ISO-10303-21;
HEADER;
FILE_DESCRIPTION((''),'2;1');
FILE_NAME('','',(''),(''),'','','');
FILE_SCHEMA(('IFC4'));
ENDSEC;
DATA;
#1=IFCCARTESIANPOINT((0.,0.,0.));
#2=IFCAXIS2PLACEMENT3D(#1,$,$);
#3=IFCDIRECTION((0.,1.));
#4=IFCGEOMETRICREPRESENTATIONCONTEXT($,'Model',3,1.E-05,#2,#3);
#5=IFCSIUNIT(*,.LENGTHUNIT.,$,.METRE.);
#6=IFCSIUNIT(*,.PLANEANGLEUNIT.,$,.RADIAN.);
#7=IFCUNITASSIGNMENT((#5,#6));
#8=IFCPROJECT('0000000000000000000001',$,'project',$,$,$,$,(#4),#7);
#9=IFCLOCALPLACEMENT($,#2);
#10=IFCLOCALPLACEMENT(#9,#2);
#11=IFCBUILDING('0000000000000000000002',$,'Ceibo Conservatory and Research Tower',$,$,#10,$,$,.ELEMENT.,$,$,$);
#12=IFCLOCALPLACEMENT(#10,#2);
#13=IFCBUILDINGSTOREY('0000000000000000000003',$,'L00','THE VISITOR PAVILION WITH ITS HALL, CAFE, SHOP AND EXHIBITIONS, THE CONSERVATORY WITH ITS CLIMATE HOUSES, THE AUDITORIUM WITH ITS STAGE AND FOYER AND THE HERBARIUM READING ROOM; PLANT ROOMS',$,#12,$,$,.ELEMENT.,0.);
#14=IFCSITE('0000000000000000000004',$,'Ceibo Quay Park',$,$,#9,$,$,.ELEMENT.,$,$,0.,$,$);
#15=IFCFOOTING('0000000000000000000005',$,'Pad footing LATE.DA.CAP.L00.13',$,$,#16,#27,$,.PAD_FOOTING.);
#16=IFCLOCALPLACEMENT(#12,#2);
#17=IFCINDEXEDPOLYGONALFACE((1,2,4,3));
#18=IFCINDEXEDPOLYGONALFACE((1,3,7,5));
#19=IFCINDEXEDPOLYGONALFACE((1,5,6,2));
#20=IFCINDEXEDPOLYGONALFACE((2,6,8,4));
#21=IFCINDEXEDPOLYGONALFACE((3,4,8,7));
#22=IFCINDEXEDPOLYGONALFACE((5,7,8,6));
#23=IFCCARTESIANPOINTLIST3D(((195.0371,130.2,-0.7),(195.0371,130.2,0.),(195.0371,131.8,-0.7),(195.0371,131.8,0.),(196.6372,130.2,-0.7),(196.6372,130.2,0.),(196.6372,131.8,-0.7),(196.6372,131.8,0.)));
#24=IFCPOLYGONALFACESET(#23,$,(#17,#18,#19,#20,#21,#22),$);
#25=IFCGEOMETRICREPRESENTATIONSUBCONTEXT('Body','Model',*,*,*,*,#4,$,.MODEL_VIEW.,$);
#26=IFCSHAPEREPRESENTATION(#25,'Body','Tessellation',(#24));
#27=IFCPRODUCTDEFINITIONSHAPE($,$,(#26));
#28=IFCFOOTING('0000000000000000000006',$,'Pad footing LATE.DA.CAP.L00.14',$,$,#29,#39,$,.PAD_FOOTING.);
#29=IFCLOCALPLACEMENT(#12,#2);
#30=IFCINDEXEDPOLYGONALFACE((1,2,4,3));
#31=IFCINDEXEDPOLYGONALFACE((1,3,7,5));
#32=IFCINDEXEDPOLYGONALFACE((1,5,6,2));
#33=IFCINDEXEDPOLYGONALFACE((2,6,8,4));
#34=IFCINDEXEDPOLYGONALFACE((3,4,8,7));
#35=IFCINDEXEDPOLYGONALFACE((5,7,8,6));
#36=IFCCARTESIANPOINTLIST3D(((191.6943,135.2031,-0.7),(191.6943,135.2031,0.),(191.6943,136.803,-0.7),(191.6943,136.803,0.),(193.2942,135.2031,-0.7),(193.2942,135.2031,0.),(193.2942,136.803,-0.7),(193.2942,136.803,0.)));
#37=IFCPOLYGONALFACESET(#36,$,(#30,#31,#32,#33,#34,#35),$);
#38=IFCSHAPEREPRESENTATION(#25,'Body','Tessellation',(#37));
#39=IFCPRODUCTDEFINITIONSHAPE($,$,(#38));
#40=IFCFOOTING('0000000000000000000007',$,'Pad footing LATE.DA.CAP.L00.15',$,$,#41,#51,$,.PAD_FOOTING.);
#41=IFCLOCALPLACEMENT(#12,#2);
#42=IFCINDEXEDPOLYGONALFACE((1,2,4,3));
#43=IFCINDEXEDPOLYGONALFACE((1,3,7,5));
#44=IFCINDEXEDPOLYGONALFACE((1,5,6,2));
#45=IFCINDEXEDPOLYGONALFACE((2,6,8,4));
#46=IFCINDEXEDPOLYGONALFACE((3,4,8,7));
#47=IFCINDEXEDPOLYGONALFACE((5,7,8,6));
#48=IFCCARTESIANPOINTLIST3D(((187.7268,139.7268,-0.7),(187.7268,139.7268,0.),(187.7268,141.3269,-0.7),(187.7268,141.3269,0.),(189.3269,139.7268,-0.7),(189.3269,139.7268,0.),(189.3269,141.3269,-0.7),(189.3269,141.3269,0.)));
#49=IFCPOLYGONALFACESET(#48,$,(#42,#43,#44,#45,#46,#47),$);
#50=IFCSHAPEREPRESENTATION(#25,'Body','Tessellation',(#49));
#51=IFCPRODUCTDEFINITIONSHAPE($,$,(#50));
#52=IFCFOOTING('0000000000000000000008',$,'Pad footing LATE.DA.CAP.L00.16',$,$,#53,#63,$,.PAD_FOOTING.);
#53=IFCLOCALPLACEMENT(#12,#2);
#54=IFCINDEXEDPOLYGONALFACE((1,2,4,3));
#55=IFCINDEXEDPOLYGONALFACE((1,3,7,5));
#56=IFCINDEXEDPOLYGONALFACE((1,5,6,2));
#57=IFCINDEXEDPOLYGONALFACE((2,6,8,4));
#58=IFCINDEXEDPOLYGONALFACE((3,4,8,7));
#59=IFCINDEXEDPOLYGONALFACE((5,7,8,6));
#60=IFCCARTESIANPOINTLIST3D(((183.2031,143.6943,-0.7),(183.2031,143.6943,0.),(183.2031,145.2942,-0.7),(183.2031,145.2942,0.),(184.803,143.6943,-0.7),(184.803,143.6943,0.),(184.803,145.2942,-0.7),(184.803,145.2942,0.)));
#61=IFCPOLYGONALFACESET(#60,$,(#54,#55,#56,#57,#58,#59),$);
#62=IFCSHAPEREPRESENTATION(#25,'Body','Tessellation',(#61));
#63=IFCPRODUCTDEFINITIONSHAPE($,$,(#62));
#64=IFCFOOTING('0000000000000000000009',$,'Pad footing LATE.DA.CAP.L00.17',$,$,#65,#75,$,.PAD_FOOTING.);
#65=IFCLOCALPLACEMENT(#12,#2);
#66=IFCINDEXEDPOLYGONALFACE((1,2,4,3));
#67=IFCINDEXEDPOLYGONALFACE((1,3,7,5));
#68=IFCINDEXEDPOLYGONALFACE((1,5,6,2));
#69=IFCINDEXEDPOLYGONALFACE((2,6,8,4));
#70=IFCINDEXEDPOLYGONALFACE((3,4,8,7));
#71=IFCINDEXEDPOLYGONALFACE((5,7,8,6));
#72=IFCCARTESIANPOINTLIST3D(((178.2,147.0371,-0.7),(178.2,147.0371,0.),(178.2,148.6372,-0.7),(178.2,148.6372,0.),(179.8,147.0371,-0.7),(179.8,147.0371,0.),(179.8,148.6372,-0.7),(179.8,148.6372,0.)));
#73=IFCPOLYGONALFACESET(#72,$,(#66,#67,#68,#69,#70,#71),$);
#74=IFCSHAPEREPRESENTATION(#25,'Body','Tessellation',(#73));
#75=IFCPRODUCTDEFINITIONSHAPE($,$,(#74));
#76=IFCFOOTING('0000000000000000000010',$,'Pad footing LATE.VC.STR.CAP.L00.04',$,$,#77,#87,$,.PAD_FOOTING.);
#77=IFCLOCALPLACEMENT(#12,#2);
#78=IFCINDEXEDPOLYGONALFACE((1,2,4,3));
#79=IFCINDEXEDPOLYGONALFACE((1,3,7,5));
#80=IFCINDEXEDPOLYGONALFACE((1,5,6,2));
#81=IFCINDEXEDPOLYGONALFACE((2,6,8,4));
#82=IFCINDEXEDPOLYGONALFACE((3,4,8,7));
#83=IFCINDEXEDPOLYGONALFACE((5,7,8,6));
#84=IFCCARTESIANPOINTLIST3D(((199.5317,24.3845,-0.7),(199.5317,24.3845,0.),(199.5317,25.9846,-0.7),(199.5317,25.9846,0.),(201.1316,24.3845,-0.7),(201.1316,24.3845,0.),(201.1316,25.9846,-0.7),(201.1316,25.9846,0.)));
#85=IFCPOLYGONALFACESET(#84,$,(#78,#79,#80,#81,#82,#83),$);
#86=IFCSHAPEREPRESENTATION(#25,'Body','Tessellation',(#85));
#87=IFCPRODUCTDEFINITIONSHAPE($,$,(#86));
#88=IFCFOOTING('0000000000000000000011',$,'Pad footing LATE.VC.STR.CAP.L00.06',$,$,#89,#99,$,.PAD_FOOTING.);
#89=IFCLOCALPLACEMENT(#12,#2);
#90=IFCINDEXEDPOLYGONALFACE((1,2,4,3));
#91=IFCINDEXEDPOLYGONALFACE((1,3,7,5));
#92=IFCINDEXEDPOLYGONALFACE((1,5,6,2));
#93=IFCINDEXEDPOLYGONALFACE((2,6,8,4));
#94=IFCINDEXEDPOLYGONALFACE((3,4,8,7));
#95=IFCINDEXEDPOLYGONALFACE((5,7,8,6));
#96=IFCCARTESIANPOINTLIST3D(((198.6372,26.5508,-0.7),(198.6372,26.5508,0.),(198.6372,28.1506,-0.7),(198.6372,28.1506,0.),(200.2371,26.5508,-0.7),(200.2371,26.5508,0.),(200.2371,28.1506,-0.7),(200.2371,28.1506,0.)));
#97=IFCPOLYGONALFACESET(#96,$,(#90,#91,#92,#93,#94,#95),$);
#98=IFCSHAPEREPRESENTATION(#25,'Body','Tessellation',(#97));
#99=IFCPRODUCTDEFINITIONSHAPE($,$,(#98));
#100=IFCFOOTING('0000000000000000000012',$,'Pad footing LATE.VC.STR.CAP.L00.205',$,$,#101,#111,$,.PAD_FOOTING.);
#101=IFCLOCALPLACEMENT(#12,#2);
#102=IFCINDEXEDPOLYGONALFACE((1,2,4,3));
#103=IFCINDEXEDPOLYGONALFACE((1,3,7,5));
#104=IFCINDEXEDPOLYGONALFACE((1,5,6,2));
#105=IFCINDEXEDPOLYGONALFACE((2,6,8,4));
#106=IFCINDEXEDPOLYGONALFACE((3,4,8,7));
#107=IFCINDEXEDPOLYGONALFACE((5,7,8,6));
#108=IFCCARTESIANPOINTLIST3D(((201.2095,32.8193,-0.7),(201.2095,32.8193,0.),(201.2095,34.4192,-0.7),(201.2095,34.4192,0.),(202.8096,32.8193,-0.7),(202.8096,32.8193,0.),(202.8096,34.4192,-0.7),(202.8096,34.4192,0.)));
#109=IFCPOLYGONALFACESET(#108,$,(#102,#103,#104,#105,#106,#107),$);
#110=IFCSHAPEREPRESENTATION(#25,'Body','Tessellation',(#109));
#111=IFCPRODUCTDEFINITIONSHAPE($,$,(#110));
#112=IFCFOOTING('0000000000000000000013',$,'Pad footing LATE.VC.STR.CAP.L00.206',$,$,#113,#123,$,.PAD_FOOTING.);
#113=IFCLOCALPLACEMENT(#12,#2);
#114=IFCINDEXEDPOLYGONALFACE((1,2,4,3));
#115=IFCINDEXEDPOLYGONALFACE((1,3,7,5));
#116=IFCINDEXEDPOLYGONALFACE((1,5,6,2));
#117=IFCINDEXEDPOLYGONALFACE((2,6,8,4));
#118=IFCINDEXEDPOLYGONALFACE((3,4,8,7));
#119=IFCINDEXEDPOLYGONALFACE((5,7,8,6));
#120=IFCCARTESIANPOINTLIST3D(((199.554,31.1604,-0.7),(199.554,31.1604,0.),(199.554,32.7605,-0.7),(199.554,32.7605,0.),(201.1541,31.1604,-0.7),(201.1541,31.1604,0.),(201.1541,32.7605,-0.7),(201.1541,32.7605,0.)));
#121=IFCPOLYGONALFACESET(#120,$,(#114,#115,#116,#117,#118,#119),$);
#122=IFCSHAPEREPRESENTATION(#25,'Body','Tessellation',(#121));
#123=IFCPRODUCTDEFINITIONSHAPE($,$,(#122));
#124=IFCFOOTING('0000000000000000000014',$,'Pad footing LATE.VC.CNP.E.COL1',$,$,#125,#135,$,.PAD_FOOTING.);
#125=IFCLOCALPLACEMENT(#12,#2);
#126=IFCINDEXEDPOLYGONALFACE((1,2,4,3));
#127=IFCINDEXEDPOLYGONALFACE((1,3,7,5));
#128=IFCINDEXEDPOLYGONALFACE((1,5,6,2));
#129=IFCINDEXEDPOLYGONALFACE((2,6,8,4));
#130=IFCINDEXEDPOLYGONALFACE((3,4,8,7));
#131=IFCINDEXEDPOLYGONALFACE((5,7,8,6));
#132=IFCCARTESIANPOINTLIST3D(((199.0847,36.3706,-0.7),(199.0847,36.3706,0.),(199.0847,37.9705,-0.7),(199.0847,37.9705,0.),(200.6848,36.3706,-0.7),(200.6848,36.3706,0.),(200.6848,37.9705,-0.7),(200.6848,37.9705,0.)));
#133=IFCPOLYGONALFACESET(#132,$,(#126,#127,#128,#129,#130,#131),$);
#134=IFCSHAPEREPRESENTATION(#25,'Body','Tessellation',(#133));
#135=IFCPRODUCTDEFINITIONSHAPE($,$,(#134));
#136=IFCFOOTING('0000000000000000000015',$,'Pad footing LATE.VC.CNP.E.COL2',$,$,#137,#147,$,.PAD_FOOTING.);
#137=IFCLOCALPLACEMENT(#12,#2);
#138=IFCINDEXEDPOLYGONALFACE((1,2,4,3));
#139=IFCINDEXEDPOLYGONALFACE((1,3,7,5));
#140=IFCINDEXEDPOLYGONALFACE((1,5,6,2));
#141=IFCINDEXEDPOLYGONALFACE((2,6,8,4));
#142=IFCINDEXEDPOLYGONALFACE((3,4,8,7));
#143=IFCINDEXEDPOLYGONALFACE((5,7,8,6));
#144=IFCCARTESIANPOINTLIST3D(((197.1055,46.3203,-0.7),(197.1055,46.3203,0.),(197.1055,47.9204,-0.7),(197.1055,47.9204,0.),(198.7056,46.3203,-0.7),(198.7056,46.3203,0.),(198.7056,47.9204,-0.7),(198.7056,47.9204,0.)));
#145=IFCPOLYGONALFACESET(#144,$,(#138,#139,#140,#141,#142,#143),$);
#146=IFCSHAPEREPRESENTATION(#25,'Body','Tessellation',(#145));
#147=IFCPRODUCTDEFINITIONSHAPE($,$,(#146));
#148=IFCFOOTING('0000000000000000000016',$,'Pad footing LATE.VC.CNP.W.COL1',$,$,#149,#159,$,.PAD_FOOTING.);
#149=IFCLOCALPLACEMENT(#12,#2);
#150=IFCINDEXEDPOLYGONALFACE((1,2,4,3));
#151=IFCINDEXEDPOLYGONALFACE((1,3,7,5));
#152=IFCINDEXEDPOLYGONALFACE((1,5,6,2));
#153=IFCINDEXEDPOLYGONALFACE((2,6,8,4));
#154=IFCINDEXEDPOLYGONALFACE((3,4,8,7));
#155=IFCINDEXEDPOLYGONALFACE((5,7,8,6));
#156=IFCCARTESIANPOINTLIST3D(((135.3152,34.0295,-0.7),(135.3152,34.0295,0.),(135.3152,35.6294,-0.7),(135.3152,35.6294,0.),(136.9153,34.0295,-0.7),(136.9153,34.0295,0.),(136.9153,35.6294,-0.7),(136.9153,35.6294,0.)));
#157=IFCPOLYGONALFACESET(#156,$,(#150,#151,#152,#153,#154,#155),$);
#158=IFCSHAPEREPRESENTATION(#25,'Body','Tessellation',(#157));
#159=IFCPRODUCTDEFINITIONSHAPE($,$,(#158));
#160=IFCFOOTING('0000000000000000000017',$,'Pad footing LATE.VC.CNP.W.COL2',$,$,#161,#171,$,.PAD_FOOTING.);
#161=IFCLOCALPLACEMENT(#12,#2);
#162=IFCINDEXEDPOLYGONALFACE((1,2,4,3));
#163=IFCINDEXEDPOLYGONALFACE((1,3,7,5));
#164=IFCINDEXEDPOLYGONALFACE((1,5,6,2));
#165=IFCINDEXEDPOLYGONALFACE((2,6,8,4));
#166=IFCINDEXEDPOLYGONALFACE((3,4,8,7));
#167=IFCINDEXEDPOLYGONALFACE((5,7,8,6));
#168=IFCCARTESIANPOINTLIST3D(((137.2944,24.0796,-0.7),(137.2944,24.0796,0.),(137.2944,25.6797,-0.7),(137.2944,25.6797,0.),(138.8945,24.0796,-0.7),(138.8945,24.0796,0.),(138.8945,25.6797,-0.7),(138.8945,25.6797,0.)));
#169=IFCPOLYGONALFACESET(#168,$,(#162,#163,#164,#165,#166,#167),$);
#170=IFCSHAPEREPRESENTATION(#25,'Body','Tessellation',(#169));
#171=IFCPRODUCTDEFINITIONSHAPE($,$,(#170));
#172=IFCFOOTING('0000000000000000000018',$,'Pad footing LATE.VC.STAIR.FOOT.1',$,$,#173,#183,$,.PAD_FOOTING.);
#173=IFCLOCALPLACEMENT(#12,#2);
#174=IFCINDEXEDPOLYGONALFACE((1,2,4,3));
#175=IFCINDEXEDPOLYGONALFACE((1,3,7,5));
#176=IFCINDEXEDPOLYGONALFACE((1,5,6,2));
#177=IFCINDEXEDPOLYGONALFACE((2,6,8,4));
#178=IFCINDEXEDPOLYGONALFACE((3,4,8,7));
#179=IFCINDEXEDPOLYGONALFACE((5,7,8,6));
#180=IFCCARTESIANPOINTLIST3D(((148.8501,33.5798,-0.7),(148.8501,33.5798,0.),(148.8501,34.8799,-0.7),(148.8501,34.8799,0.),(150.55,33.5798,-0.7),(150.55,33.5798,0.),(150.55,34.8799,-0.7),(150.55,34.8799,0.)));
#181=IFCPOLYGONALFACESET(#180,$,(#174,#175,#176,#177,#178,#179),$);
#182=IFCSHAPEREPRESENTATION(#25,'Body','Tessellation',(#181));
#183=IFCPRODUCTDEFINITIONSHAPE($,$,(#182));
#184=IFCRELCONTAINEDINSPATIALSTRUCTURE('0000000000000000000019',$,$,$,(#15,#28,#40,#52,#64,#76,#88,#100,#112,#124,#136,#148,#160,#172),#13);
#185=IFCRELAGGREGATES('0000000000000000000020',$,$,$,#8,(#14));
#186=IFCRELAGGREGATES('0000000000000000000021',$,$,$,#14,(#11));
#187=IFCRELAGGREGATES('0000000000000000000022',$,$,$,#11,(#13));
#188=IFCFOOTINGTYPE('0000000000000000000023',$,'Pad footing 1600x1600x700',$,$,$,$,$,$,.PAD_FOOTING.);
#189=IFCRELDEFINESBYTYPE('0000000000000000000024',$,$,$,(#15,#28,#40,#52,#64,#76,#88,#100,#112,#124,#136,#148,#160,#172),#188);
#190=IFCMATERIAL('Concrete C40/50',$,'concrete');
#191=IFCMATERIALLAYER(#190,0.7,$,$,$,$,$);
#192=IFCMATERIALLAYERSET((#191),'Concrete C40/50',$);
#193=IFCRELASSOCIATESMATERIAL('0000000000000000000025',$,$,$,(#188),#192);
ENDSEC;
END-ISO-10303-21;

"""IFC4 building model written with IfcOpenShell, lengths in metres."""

from ifc_helpers import new_model, si_unit, direction, frame, origin, place, context, subcontext, project, spatial, polyline, outline, extrude, material, layer, layer_set, type_object, element, save


model = new_model("IFC4")

# Units and contexts
model_context = context("Model", 3, precision=1e-05, world=origin(), true_north=direction((0.0, 1.0)))
body_context = subcontext(model_context, "Body", "Model", "MODEL_VIEW")
ifc_project = project(units=[si_unit("LENGTHUNIT", "METRE"), si_unit("PLANEANGLEUNIT", "RADIAN")], contexts=[model_context])

# Site, building, storey
site_placement = place(None, origin())
site = spatial("IfcSite", under=ifc_project, at=site_placement, Name="Ceibo Quay Park", CompositionType="ELEMENT", RefElevation=0.0)
building_placement = place(site_placement, origin())
building = spatial("IfcBuilding", under=site, at=building_placement, Name="Ceibo Conservatory and Research Tower", CompositionType="ELEMENT")
storey_placement = place(building_placement, origin())
storey = spatial("IfcBuildingStorey", under=building, at=storey_placement, Name="L00", Description="THE VISITOR PAVILION WITH ITS HALL, CAFE, SHOP AND EXHIBITIONS, THE CONSERVATORY WITH ITS CLIMATE HOUSES, THE AUDITORIUM WITH ITS STAGE AND FOYER AND THE HERBARIUM READING ROOM; PLANT ROOMS", CompositionType="ELEMENT", Elevation=0.0)

# Footings
ifc_material = material(Name="Concrete C40/50", Category="concrete")
ifc_layer_1 = layer(ifc_material, 0.7)
ifc_layer_set_1 = layer_set([ifc_layer_1], Name="Concrete C40/50")
footing_type_1 = type_object("IfcFootingType", Name="Pad footing 1600x1600x700", PredefinedType="PAD_FOOTING", material=ifc_layer_set_1)
footing_1_placement = place(storey_placement, frame((0.0, 0.0, -0.7)))
element("IfcFooting", 1, at=footing_1_placement, inside=storey, type_object=footing_type_1, Name="Pad footing LATE.DA.CAP.L00.13", PredefinedType="PAD_FOOTING", context=body_context, shape_type="SweptSolid", body=[
    extrude(outline(polyline([(195.0371, 130.2), (196.6372, 130.2), (196.6372, 131.8), (195.0371, 131.8), (195.0371, 130.2)])), origin(), (0.0, 0.0, 1.0), 0.7),
])
footing_2_placement = place(storey_placement, frame((0.0, 0.0, -0.7)))
element("IfcFooting", 2, at=footing_2_placement, inside=storey, type_object=footing_type_1, Name="Pad footing LATE.DA.CAP.L00.14", PredefinedType="PAD_FOOTING", context=body_context, shape_type="SweptSolid", body=[
    extrude(outline(polyline([(191.6943, 135.2031), (193.2942, 135.2031), (193.2942, 136.803), (191.6943, 136.803), (191.6943, 135.2031)])), origin(), (0.0, 0.0, 1.0), 0.7),
])
footing_3_placement = place(storey_placement, frame((0.0, 0.0, -0.7)))
element("IfcFooting", 3, at=footing_3_placement, inside=storey, type_object=footing_type_1, Name="Pad footing LATE.DA.CAP.L00.15", PredefinedType="PAD_FOOTING", context=body_context, shape_type="SweptSolid", body=[
    extrude(outline(polyline([(187.7268, 139.7268), (189.3269, 139.7268), (189.3269, 141.3269), (187.7268, 141.3269), (187.7268, 139.7268)])), origin(), (0.0, 0.0, 1.0), 0.7),
])
footing_4_placement = place(storey_placement, frame((0.0, 0.0, -0.7)))
element("IfcFooting", 4, at=footing_4_placement, inside=storey, type_object=footing_type_1, Name="Pad footing LATE.DA.CAP.L00.16", PredefinedType="PAD_FOOTING", context=body_context, shape_type="SweptSolid", body=[
    extrude(outline(polyline([(183.2031, 143.6943), (184.803, 143.6943), (184.803, 145.2942), (183.2031, 145.2942), (183.2031, 143.6943)])), origin(), (0.0, 0.0, 1.0), 0.7),
])
footing_5_placement = place(storey_placement, frame((0.0, 0.0, -0.7)))
element("IfcFooting", 5, at=footing_5_placement, inside=storey, type_object=footing_type_1, Name="Pad footing LATE.DA.CAP.L00.17", PredefinedType="PAD_FOOTING", context=body_context, shape_type="SweptSolid", body=[
    extrude(outline(polyline([(178.2, 147.0371), (179.8, 147.0371), (179.8, 148.6372), (178.2, 148.6372), (178.2, 147.0371)])), origin(), (0.0, 0.0, 1.0), 0.7),
])
footing_6_placement = place(storey_placement, frame((0.0, 0.0, -0.7)))
element("IfcFooting", 6, at=footing_6_placement, inside=storey, type_object=footing_type_1, Name="Pad footing LATE.VC.STR.CAP.L00.04", PredefinedType="PAD_FOOTING", context=body_context, shape_type="SweptSolid", body=[
    extrude(outline(polyline([(199.5317, 24.3845), (201.1316, 24.3845), (201.1316, 25.9846), (199.5317, 25.9846), (199.5317, 24.3845)])), origin(), (0.0, 0.0, 1.0), 0.7),
])
footing_7_placement = place(storey_placement, frame((0.0, 0.0, -0.7)))
element("IfcFooting", 7, at=footing_7_placement, inside=storey, type_object=footing_type_1, Name="Pad footing LATE.VC.STR.CAP.L00.06", PredefinedType="PAD_FOOTING", context=body_context, shape_type="SweptSolid", body=[
    extrude(outline(polyline([(198.6372, 26.5508), (200.2371, 26.5508), (200.2371, 28.1506), (198.6372, 28.1506), (198.6372, 26.5508)])), origin(), (0.0, 0.0, 1.0), 0.7),
])
footing_8_placement = place(storey_placement, frame((0.0, 0.0, -0.7)))
element("IfcFooting", 8, at=footing_8_placement, inside=storey, type_object=footing_type_1, Name="Pad footing LATE.VC.STR.CAP.L00.205", PredefinedType="PAD_FOOTING", context=body_context, shape_type="SweptSolid", body=[
    extrude(outline(polyline([(201.2095, 32.8193), (202.8096, 32.8193), (202.8096, 34.4192), (201.2095, 34.4192), (201.2095, 32.8193)])), origin(), (0.0, 0.0, 1.0), 0.7),
])
footing_9_placement = place(storey_placement, frame((0.0, 0.0, -0.7)))
element("IfcFooting", 9, at=footing_9_placement, inside=storey, type_object=footing_type_1, Name="Pad footing LATE.VC.STR.CAP.L00.206", PredefinedType="PAD_FOOTING", context=body_context, shape_type="SweptSolid", body=[
    extrude(outline(polyline([(199.554, 31.1604), (201.1541, 31.1604), (201.1541, 32.7605), (199.554, 32.7605), (199.554, 31.1604)])), origin(), (0.0, 0.0, 1.0), 0.7),
])
footing_10_placement = place(storey_placement, frame((0.0, 0.0, -0.7)))
element("IfcFooting", 10, at=footing_10_placement, inside=storey, type_object=footing_type_1, Name="Pad footing LATE.VC.CNP.E.COL1", PredefinedType="PAD_FOOTING", context=body_context, shape_type="SweptSolid", body=[
    extrude(outline(polyline([(199.0847, 36.3706), (200.6848, 36.3706), (200.6848, 37.9705), (199.0847, 37.9705), (199.0847, 36.3706)])), origin(), (0.0, 0.0, 1.0), 0.7),
])
footing_11_placement = place(storey_placement, frame((0.0, 0.0, -0.7)))
element("IfcFooting", 11, at=footing_11_placement, inside=storey, type_object=footing_type_1, Name="Pad footing LATE.VC.CNP.E.COL2", PredefinedType="PAD_FOOTING", context=body_context, shape_type="SweptSolid", body=[
    extrude(outline(polyline([(197.1055, 46.3203), (198.7056, 46.3203), (198.7056, 47.9204), (197.1055, 47.9204), (197.1055, 46.3203)])), origin(), (0.0, 0.0, 1.0), 0.7),
])
footing_12_placement = place(storey_placement, frame((0.0, 0.0, -0.7)))
element("IfcFooting", 12, at=footing_12_placement, inside=storey, type_object=footing_type_1, Name="Pad footing LATE.VC.CNP.W.COL1", PredefinedType="PAD_FOOTING", context=body_context, shape_type="SweptSolid", body=[
    extrude(outline(polyline([(135.3152, 34.0295), (136.9153, 34.0295), (136.9153, 35.6294), (135.3152, 35.6294), (135.3152, 34.0295)])), origin(), (0.0, 0.0, 1.0), 0.7),
])
footing_13_placement = place(storey_placement, frame((0.0, 0.0, -0.7)))
element("IfcFooting", 13, at=footing_13_placement, inside=storey, type_object=footing_type_1, Name="Pad footing LATE.VC.CNP.W.COL2", PredefinedType="PAD_FOOTING", context=body_context, shape_type="SweptSolid", body=[
    extrude(outline(polyline([(137.2944, 24.0796), (138.8945, 24.0796), (138.8945, 25.6797), (137.2944, 25.6797), (137.2944, 24.0796)])), origin(), (0.0, 0.0, 1.0), 0.7),
])
footing_14_placement = place(storey_placement, frame((0.0, 0.0, -0.7)))
element("IfcFooting", 14, at=footing_14_placement, inside=storey, type_object=footing_type_1, Name="Pad footing LATE.VC.STAIR.FOOT.1", PredefinedType="PAD_FOOTING", context=body_context, shape_type="SweptSolid", body=[
    extrude(outline(polyline([(150.55, 33.5798), (150.55, 34.8799), (148.8501, 34.8799), (148.8501, 33.5798), (150.55, 33.5798)])), origin(), (0.0, 0.0, 1.0), 0.7),
])

save(model, "model.ifc")
